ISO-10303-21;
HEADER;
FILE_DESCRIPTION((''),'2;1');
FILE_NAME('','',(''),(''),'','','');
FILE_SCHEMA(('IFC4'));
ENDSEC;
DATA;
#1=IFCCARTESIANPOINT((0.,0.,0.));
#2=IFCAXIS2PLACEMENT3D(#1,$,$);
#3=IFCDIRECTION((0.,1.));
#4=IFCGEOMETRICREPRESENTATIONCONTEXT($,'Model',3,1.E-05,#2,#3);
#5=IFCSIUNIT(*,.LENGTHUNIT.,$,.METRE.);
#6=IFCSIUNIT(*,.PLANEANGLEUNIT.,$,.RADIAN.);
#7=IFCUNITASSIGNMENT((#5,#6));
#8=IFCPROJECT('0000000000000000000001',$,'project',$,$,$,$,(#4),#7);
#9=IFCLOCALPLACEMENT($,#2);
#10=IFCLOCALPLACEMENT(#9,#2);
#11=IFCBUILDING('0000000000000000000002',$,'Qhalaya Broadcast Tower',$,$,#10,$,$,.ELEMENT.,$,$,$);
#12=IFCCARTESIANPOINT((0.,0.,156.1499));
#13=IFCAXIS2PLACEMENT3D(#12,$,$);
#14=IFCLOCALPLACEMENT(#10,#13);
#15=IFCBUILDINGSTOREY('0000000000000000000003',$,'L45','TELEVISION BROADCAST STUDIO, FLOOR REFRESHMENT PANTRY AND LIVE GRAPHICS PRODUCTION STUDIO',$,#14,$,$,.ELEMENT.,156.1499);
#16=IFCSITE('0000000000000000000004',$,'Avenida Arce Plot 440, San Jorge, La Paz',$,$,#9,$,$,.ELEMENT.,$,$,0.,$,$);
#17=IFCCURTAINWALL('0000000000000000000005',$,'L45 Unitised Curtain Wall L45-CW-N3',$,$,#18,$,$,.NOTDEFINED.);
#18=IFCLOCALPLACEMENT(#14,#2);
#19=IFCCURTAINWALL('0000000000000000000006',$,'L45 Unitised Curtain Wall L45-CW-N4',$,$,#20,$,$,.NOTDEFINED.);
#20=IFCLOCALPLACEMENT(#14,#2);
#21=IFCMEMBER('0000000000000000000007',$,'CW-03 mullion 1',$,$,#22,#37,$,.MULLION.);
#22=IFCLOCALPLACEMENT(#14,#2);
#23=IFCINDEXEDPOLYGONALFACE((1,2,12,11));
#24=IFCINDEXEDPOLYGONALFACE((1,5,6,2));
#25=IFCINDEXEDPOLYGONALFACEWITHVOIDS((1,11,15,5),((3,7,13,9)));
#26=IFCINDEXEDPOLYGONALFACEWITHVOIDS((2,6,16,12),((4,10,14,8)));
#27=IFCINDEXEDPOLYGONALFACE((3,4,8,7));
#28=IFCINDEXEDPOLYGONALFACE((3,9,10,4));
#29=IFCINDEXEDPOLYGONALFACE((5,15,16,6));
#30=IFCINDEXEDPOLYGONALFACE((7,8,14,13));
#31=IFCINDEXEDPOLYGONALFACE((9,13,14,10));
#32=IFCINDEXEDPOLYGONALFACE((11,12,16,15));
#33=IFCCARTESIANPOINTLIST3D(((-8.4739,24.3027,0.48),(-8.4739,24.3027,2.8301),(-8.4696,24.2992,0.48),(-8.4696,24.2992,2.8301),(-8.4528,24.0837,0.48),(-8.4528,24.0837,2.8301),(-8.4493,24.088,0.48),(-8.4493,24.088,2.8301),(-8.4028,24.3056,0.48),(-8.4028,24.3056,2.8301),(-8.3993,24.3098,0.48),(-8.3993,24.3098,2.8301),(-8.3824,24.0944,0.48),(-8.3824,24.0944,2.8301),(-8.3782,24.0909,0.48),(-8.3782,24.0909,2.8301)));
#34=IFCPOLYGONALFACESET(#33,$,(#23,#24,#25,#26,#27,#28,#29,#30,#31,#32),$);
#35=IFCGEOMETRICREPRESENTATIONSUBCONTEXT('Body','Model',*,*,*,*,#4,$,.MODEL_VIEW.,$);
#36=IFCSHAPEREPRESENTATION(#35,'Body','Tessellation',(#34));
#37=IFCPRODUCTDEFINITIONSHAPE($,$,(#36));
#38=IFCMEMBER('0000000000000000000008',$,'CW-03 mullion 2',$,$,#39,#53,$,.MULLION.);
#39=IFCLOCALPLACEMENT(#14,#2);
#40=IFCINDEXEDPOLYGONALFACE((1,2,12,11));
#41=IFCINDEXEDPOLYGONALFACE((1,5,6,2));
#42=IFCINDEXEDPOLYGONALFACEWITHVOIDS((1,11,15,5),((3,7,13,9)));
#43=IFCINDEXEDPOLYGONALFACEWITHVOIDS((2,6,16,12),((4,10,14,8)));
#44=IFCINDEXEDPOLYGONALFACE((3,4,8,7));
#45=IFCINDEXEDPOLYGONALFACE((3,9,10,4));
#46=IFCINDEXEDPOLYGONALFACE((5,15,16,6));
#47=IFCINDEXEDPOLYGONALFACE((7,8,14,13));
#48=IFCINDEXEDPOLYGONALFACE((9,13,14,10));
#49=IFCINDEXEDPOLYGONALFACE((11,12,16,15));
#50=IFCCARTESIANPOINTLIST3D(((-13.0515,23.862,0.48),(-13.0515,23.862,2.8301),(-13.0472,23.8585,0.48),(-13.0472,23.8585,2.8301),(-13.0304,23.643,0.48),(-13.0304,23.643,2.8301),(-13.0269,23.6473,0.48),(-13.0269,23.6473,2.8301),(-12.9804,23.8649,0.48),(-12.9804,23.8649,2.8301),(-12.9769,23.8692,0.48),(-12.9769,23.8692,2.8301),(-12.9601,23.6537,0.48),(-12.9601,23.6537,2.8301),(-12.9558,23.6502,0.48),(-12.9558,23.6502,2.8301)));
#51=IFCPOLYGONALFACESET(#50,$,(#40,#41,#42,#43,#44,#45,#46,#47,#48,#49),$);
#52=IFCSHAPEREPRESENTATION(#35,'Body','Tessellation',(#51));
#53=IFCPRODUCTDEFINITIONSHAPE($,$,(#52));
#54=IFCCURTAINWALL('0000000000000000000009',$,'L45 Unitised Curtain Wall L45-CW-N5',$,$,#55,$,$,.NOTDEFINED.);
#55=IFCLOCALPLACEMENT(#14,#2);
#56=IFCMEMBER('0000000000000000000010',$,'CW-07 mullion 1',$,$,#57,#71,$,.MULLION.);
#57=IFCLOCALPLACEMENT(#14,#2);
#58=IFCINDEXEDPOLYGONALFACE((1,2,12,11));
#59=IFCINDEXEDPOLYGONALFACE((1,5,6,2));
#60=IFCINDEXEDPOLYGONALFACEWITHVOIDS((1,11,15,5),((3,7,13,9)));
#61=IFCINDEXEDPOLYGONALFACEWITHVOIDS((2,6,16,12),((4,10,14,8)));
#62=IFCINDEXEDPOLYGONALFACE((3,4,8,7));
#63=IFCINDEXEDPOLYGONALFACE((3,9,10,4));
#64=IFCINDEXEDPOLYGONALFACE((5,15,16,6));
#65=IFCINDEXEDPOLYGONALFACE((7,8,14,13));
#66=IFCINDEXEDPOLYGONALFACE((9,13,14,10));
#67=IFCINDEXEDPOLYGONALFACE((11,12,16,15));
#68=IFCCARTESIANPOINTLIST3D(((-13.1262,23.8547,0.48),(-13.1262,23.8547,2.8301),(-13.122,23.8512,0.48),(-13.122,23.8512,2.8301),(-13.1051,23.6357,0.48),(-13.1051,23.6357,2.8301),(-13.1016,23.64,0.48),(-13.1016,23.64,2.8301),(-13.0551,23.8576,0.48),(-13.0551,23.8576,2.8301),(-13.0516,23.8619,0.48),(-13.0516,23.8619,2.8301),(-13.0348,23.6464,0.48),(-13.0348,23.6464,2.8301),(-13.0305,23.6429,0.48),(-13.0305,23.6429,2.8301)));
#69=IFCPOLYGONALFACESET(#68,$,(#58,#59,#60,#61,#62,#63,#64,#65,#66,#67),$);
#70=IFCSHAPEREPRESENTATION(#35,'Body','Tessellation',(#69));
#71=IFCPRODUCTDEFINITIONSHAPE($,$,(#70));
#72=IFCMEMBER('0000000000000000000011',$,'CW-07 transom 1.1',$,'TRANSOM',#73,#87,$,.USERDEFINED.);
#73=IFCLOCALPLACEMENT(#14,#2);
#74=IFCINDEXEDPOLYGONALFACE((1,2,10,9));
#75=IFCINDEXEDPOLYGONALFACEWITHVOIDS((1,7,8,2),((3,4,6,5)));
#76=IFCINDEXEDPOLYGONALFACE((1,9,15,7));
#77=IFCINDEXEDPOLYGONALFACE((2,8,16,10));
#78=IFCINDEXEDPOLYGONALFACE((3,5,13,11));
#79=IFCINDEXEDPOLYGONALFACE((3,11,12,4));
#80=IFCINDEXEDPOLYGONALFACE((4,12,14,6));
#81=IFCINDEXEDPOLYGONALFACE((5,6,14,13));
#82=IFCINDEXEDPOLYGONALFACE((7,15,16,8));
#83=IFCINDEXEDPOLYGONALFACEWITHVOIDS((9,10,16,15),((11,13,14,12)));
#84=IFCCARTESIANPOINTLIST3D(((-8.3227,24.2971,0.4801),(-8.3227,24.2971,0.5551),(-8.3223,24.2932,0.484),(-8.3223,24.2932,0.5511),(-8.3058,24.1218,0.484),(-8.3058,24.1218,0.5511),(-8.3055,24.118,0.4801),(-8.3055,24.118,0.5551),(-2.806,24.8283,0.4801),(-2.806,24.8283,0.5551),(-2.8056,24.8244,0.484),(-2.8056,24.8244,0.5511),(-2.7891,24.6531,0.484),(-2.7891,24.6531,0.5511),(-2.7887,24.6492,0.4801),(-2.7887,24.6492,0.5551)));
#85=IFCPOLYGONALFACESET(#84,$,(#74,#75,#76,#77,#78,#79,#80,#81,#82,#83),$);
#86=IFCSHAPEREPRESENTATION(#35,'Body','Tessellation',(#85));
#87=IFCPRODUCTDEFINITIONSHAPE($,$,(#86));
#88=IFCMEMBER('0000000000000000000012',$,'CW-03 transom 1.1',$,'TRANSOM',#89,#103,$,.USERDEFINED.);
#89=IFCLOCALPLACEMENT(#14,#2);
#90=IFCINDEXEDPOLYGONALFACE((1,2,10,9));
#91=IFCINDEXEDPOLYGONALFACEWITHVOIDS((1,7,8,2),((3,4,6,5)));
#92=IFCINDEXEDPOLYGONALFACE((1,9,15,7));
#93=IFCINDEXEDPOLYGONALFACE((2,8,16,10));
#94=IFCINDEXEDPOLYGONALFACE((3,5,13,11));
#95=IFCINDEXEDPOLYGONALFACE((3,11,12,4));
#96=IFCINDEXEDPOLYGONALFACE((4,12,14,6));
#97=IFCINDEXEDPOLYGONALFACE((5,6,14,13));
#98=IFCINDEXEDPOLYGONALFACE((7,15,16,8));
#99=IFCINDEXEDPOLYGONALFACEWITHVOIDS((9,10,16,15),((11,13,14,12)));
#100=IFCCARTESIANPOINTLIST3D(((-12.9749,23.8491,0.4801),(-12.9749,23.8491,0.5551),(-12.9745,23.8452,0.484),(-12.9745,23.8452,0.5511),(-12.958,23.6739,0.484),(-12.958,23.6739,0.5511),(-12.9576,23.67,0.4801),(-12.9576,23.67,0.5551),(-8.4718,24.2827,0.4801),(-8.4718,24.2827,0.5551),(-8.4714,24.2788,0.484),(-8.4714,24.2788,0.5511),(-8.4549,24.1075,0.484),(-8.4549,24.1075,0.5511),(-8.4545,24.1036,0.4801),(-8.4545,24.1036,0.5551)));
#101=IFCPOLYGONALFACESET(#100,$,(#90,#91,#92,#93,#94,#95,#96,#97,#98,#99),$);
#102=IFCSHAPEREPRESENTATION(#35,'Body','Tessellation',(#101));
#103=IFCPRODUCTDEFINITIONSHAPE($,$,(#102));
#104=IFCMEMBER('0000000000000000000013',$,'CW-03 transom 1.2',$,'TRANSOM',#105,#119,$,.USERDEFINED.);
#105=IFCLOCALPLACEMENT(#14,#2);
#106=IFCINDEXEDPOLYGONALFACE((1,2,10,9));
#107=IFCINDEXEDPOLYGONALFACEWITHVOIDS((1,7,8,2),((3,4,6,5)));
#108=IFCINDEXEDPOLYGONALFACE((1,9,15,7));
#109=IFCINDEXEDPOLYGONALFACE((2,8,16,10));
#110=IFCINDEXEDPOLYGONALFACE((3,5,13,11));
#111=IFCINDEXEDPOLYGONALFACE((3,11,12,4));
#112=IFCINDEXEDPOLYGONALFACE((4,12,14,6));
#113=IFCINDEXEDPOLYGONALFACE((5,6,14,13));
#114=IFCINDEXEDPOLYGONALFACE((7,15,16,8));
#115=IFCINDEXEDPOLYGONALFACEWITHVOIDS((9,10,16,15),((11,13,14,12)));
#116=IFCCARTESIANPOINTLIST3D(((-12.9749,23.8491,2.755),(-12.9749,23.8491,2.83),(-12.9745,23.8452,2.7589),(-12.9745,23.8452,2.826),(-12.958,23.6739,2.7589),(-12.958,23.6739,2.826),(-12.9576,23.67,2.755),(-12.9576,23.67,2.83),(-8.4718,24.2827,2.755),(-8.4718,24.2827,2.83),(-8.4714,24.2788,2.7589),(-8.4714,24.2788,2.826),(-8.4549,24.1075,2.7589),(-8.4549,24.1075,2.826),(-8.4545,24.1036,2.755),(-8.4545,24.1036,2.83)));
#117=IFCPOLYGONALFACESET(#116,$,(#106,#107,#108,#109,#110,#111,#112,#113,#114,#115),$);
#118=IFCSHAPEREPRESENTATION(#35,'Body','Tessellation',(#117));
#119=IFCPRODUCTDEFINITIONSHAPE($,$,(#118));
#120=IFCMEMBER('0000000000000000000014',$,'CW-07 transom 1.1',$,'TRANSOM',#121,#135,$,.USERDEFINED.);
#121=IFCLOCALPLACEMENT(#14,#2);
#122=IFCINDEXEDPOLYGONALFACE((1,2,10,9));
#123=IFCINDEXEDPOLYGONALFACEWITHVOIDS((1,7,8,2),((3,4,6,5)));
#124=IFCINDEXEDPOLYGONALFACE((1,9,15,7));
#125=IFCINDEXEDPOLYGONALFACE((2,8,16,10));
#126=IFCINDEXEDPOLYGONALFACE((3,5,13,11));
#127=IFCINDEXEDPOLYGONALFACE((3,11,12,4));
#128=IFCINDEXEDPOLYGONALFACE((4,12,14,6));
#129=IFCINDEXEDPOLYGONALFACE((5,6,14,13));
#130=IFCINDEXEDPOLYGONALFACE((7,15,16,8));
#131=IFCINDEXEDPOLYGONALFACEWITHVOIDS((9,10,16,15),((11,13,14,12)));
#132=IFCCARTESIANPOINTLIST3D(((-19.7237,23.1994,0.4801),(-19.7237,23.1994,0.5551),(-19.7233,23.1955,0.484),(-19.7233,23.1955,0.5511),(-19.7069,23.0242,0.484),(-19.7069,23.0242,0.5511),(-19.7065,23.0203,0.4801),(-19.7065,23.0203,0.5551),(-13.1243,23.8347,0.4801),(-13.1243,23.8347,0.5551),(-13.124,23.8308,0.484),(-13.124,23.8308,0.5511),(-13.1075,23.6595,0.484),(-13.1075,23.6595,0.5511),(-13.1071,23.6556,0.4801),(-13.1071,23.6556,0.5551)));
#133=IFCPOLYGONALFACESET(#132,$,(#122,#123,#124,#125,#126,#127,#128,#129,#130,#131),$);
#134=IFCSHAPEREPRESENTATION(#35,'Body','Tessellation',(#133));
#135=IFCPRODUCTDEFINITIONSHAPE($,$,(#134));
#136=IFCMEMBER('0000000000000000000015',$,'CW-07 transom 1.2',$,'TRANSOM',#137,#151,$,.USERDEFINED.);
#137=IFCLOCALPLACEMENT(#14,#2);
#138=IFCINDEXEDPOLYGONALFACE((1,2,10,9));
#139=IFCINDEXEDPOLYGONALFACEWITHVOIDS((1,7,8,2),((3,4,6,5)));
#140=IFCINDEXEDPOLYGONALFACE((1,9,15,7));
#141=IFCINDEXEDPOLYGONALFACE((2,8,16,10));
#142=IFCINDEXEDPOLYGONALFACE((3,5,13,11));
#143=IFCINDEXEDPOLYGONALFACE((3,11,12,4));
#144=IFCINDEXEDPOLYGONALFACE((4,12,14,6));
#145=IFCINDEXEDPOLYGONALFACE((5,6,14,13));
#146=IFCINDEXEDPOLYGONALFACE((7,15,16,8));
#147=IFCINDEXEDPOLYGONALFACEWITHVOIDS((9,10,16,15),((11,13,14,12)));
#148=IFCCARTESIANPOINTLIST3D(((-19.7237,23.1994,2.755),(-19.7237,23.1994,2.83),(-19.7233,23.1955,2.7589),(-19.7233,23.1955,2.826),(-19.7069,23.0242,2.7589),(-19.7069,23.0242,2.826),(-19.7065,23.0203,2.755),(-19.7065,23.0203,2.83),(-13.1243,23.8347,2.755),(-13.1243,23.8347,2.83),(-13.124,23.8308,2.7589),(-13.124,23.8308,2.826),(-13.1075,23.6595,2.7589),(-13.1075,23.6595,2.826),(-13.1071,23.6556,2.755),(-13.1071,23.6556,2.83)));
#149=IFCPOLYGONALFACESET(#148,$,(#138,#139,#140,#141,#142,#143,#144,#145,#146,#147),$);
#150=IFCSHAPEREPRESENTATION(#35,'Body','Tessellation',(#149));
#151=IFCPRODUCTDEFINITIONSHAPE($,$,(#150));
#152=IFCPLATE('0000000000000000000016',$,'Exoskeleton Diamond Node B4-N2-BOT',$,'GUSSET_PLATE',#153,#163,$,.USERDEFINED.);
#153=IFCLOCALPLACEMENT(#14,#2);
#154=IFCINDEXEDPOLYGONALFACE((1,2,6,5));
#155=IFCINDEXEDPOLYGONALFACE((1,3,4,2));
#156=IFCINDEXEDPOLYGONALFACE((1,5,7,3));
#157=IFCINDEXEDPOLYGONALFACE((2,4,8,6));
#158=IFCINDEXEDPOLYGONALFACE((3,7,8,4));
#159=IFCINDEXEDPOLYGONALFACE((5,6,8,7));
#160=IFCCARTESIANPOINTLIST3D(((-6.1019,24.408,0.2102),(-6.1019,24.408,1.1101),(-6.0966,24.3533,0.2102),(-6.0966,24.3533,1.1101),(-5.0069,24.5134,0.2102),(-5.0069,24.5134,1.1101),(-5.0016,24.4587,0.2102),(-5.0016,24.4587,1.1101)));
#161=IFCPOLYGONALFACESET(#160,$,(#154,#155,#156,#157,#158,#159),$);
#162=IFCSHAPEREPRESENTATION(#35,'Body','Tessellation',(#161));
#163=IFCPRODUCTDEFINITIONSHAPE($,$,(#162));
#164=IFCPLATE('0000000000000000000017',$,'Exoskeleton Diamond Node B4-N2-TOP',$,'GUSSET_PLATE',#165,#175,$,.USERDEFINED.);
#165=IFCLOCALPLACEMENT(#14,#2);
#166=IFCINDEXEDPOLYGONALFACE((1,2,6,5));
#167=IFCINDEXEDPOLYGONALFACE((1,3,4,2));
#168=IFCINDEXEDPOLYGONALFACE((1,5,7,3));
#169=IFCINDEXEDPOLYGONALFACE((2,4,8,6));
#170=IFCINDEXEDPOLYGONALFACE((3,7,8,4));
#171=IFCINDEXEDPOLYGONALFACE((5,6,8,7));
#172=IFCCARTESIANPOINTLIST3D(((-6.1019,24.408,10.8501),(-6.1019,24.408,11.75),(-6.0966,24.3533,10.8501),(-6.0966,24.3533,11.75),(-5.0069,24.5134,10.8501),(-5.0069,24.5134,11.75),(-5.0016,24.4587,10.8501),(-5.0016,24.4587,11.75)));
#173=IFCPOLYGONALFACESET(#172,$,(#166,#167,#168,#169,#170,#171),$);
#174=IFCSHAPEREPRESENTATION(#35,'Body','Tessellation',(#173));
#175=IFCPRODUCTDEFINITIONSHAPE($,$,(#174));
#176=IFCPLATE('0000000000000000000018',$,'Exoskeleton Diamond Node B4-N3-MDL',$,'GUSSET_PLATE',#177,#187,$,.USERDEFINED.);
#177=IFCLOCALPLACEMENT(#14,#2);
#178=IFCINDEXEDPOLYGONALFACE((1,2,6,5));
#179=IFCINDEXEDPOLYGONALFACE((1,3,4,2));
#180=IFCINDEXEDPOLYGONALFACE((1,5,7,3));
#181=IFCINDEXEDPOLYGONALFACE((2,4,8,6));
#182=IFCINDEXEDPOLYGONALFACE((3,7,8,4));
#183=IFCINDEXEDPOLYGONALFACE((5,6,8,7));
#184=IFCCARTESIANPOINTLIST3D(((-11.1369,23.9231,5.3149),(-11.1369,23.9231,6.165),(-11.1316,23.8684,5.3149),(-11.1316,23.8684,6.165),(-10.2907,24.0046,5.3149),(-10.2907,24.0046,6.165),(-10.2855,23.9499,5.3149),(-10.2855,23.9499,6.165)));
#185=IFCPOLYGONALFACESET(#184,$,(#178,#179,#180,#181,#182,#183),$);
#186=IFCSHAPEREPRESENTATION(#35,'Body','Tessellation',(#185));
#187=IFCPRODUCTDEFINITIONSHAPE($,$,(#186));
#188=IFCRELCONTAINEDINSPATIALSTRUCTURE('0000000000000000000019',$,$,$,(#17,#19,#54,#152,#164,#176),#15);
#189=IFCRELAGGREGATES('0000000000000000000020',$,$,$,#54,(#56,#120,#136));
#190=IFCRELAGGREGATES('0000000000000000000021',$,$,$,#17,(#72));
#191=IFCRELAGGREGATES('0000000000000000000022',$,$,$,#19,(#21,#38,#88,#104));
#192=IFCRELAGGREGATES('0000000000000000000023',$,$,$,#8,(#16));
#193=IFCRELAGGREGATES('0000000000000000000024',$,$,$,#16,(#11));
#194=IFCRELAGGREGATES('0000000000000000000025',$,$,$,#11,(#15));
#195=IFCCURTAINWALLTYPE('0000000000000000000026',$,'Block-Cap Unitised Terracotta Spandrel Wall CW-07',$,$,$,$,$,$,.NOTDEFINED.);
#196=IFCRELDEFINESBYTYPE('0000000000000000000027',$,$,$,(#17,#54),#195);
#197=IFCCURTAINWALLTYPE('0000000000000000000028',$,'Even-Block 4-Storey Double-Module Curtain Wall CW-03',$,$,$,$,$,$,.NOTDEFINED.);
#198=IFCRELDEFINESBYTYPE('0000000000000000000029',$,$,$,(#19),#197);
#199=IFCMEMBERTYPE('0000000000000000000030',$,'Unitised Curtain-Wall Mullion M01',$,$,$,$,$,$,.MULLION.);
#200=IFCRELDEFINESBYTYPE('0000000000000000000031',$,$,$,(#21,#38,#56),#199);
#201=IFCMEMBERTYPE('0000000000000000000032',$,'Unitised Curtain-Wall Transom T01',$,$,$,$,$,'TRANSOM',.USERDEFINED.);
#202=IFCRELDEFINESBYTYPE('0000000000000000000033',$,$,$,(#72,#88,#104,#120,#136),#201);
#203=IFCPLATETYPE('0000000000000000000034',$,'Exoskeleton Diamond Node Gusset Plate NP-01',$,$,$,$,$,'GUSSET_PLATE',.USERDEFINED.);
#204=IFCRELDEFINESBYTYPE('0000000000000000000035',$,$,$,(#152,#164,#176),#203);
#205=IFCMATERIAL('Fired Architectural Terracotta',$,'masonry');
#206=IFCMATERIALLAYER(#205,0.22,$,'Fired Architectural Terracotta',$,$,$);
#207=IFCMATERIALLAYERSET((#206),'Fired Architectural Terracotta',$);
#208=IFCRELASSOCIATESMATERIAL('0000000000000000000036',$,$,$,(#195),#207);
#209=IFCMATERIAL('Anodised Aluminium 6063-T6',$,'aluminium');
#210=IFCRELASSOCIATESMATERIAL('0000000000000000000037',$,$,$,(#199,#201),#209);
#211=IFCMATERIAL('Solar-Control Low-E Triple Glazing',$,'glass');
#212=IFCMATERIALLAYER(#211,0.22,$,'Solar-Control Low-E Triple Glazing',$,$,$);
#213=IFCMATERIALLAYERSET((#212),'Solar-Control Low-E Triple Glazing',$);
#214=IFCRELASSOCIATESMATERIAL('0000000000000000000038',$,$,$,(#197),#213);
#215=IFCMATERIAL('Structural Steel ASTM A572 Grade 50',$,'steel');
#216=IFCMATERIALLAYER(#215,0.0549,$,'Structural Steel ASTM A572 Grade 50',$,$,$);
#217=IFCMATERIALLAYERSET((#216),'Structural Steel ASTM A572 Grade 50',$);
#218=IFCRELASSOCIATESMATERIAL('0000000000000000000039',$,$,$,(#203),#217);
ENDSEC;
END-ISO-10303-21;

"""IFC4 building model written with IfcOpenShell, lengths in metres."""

from ifc_helpers import new_model, si_unit, direction, frame, origin, origin_2d, place, context, subcontext, project, spatial, rectangle, hollow_rectangle, extrude, material, layer, layer_set, material_profile, profile_set, type_object, element, aggregate, save


model = new_model("IFC4")

# Units and contexts
model_context = context("Model", 3, precision=1e-05, world=origin(), true_north=direction((0.0, 1.0)))
body_context = subcontext(model_context, "Body", "Model", "MODEL_VIEW")
ifc_project = project(units=[si_unit("LENGTHUNIT", "METRE"), si_unit("PLANEANGLEUNIT", "RADIAN")], contexts=[model_context])

# Site, building, storey
site_placement = place(None, origin())
site = spatial("IfcSite", under=ifc_project, at=site_placement, Name="Avenida Arce Plot 440, San Jorge, La Paz", CompositionType="ELEMENT", RefElevation=0.0)
building_placement = place(site_placement, origin())
building = spatial("IfcBuilding", under=site, at=building_placement, Name="Qhalaya Broadcast Tower", CompositionType="ELEMENT")
storey_placement = place(building_placement, frame((0.0, 0.0, 156.1499)))
storey = spatial("IfcBuildingStorey", under=building, at=storey_placement, Name="L45", Description="TELEVISION BROADCAST STUDIO, FLOOR REFRESHMENT PANTRY AND LIVE GRAPHICS PRODUCTION STUDIO", CompositionType="ELEMENT", Elevation=156.1499)

# Shared definitions
ifc_material_1 = material(Name="Structural Steel ASTM A572 Grade 50", Category="steel")

# Curtain wall
ifc_material_2 = material(Name="Fired Architectural Terracotta", Category="masonry")
ifc_layer_1 = layer(ifc_material_2, 0.22, Name="Fired Architectural Terracotta")
ifc_layer_set_1 = layer_set([ifc_layer_1], Name="Fired Architectural Terracotta")
curtain_wall_type_1 = type_object("IfcCurtainWallType", Name="Block-Cap Unitised Terracotta Spandrel Wall CW-07", PredefinedType="NOTDEFINED", material=ifc_layer_set_1)
curtain_wall_1_placement = place(storey_placement, origin())
curtain_wall_1 = element("IfcCurtainWall", 1, at=curtain_wall_1_placement, inside=storey, type_object=curtain_wall_type_1, Name="L45 Unitised Curtain Wall L45-CW-N3", PredefinedType="NOTDEFINED")
ifc_material_3 = material(Name="Anodised Aluminium 6063-T6", Category="aluminium")
ifc_material_profile_1 = material_profile(ifc_material_3, hollow_rectangle(XDim=0.075, YDim=0.22, WallThickness=0.0039, at=origin_2d()), Name="ALU-MUL 75x220x4")
ifc_profile_set_1 = profile_set([ifc_material_profile_1], Name="Anodised Aluminium 6063-T6")
member_type_1 = type_object("IfcMemberType", Name="Unitised Curtain-Wall Mullion M01", PredefinedType="MULLION", material=ifc_profile_set_1)

# Curtain wall, members
ifc_material_4 = material(Name="Solar-Control Low-E Triple Glazing", Category="glass")
ifc_layer_2 = layer(ifc_material_4, 0.22, Name="Solar-Control Low-E Triple Glazing")
ifc_layer_set_2 = layer_set([ifc_layer_2], Name="Solar-Control Low-E Triple Glazing")
curtain_wall_type_2 = type_object("IfcCurtainWallType", Name="Even-Block 4-Storey Double-Module Curtain Wall CW-03", PredefinedType="NOTDEFINED", material=ifc_layer_set_2)
curtain_wall_2_placement = place(storey_placement, origin())
curtain_wall_2 = element("IfcCurtainWall", 2, at=curtain_wall_2_placement, inside=storey, type_object=curtain_wall_type_2, Name="L45 Unitised Curtain Wall L45-CW-N4", PredefinedType="NOTDEFINED")
member_1_placement = place(storey_placement, frame((-8.426, 24.1968, 0.48), z_axis=(0.0, 0.0, 1.0), x_axis=(-0.995396, -0.095851, 0.0)))
member_1 = element("IfcMember", 3, at=member_1_placement, type_object=member_type_1, Name="CW-03 mullion 1", PredefinedType="MULLION", context=body_context, shape_type="SweptSolid", body=[
    extrude(hollow_rectangle(XDim=0.075, YDim=0.22, WallThickness=0.0039, at=origin_2d()), origin(), (0.0, 0.0, 1.0), 2.3501),
])
member_2_placement = place(storey_placement, frame((-13.0037, 23.7561, 0.48), z_axis=(0.0, 0.0, 1.0), x_axis=(-0.995396, -0.095851, 0.0)))
member_2 = element("IfcMember", 4, at=member_2_placement, type_object=member_type_1, Name="CW-03 mullion 2", PredefinedType="MULLION", context=body_context, shape_type="SweptSolid", body=[
    extrude(hollow_rectangle(XDim=0.075, YDim=0.22, WallThickness=0.0039, at=origin_2d()), origin(), (0.0, 0.0, 1.0), 2.3501),
])

# Curtain wall, member
curtain_wall_3_placement = place(storey_placement, origin())
curtain_wall_3 = element("IfcCurtainWall", 5, at=curtain_wall_3_placement, inside=storey, type_object=curtain_wall_type_1, Name="L45 Unitised Curtain Wall L45-CW-N5", PredefinedType="NOTDEFINED")
member_3_placement = place(storey_placement, frame((-13.0784, 23.7488, 0.48), z_axis=(0.0, 0.0, 1.0), x_axis=(-0.995397, -0.095841, 0.0)))
member_3 = element("IfcMember", 6, at=member_3_placement, type_object=member_type_1, Name="CW-07 mullion 1", PredefinedType="MULLION", context=body_context, shape_type="SweptSolid", body=[
    extrude(hollow_rectangle(XDim=0.075, YDim=0.22, WallThickness=0.0039, at=origin_2d()), origin(), (0.0, 0.0, 1.0), 2.3501),
])

# Members
ifc_material_profile_2 = material_profile(ifc_material_3, hollow_rectangle(XDim=0.075, YDim=0.1799, WallThickness=0.0039, at=origin_2d()), Name="ALU-TRN 75x180x4")
ifc_profile_set_2 = profile_set([ifc_material_profile_2], Name="Anodised Aluminium 6063-T6")
member_type_2 = type_object("IfcMemberType", Name="Unitised Curtain-Wall Transom T01", ElementType="TRANSOM", PredefinedType="USERDEFINED", material=ifc_profile_set_2)
member_4_placement = place(storey_placement, frame((-2.7974, 24.7388, 0.5176), z_axis=(-0.995395, -0.095857, 0.0), x_axis=(0.0, 0.0, 1.0)))
member_4 = element("IfcMember", 7, at=member_4_placement, type_object=member_type_2, Name="CW-07 transom 1.1", ObjectType="TRANSOM", PredefinedType="USERDEFINED", context=body_context, shape_type="SweptSolid", body=[
    extrude(hollow_rectangle(XDim=0.075, YDim=0.1799, WallThickness=0.0039, at=origin_2d()), origin(), (0.0, 0.0, 1.0), 5.5422),
])
member_5_placement = place(storey_placement, frame((-8.4631, 24.1931, 0.5176), z_axis=(-0.995396, -0.095843, 0.0), x_axis=(0.0, 0.0, 1.0)))
member_5 = element("IfcMember", 8, at=member_5_placement, type_object=member_type_2, Name="CW-03 transom 1.1", ObjectType="TRANSOM", PredefinedType="USERDEFINED", context=body_context, shape_type="SweptSolid", body=[
    extrude(hollow_rectangle(XDim=0.075, YDim=0.1799, WallThickness=0.0039, at=origin_2d()), origin(), (0.0, 0.0, 1.0), 4.5239),
])
member_6_placement = place(storey_placement, frame((-8.4631, 24.1931, 2.7925), z_axis=(-0.995396, -0.095843, 0.0), x_axis=(0.0, 0.0, 1.0)))
member_6 = element("IfcMember", 9, at=member_6_placement, type_object=member_type_2, Name="CW-03 transom 1.2", ObjectType="TRANSOM", PredefinedType="USERDEFINED", context=body_context, shape_type="SweptSolid", body=[
    extrude(hollow_rectangle(XDim=0.075, YDim=0.1799, WallThickness=0.0039, at=origin_2d()), origin(), (0.0, 0.0, 1.0), 4.5239),
])
member_7_placement = place(storey_placement, frame((-13.1157, 23.7451, 0.5176), z_axis=(-0.995399, -0.095817, 0.0), x_axis=(0.0, 0.0, 1.0)))
member_7 = element("IfcMember", 10, at=member_7_placement, type_object=member_type_2, Name="CW-07 transom 1.1", ObjectType="TRANSOM", PredefinedType="USERDEFINED", context=body_context, shape_type="SweptSolid", body=[
    extrude(hollow_rectangle(XDim=0.075, YDim=0.1799, WallThickness=0.0039, at=origin_2d()), origin(), (0.0, 0.0, 1.0), 6.6299),
])
member_8_placement = place(storey_placement, frame((-13.1157, 23.7451, 2.7925), z_axis=(-0.995399, -0.095817, 0.0), x_axis=(0.0, 0.0, 1.0)))
member_8 = element("IfcMember", 11, at=member_8_placement, type_object=member_type_2, Name="CW-07 transom 1.2", ObjectType="TRANSOM", PredefinedType="USERDEFINED", context=body_context, shape_type="SweptSolid", body=[
    extrude(hollow_rectangle(XDim=0.075, YDim=0.1799, WallThickness=0.0039, at=origin_2d()), origin(), (0.0, 0.0, 1.0), 6.6299),
])
aggregate(curtain_wall_3, [member_3, member_7, member_8])

# Plates
ifc_layer_3 = layer(ifc_material_1, 0.0549, Name="Structural Steel ASTM A572 Grade 50")
ifc_layer_set_3 = layer_set([ifc_layer_3], Name="Structural Steel ASTM A572 Grade 50")
plate_type_1 = type_object("IfcPlateType", Name="Exoskeleton Diamond Node Gusset Plate NP-01", ElementType="GUSSET_PLATE", PredefinedType="USERDEFINED", material=ifc_layer_set_3)
for number, where, z_axis, x_axis, name in (
    (12, (-5.5518, 24.4333, 0.2102), (0.0, 0.0, 1.0), (0.995396, 0.095846, 0.0), "Exoskeleton Diamond Node B4-N2-BOT"),
    (13, (-5.5518, 24.4333, 10.8501), (0.0, 0.0, 1.0), (0.995396, 0.095846, 0.0), "Exoskeleton Diamond Node B4-N2-TOP"),
):
    element("IfcPlate", number, at=place(storey_placement, frame(where, z_axis=z_axis, x_axis=x_axis)), inside=storey, type_object=plate_type_1, Name=name, ObjectType="GUSSET_PLATE", PredefinedType="USERDEFINED", context=body_context, shape_type="SweptSolid", body=[
        extrude(rectangle(XDim=1.1001, YDim=0.0549, at=origin_2d()), origin(), (0.0, 0.0, 1.0), 0.8999),
    ])
plate_1_placement = place(storey_placement, frame((-10.7112, 23.9365, 5.3149), z_axis=(0.0, 0.0, 1.0), x_axis=(0.995396, 0.095846, 0.0)))
element("IfcPlate", 14, at=plate_1_placement, inside=storey, type_object=plate_type_1, Name="Exoskeleton Diamond Node B4-N3-MDL", ObjectType="GUSSET_PLATE", PredefinedType="USERDEFINED", context=body_context, shape_type="SweptSolid", body=[
    extrude(rectangle(XDim=0.8501, YDim=0.0549, at=origin_2d()), origin(), (0.0, 0.0, 1.0), 0.8501),
])

aggregate(curtain_wall_1, [member_4])
aggregate(curtain_wall_2, [member_1, member_2, member_5, member_6])

save(model, "model.ifc")
